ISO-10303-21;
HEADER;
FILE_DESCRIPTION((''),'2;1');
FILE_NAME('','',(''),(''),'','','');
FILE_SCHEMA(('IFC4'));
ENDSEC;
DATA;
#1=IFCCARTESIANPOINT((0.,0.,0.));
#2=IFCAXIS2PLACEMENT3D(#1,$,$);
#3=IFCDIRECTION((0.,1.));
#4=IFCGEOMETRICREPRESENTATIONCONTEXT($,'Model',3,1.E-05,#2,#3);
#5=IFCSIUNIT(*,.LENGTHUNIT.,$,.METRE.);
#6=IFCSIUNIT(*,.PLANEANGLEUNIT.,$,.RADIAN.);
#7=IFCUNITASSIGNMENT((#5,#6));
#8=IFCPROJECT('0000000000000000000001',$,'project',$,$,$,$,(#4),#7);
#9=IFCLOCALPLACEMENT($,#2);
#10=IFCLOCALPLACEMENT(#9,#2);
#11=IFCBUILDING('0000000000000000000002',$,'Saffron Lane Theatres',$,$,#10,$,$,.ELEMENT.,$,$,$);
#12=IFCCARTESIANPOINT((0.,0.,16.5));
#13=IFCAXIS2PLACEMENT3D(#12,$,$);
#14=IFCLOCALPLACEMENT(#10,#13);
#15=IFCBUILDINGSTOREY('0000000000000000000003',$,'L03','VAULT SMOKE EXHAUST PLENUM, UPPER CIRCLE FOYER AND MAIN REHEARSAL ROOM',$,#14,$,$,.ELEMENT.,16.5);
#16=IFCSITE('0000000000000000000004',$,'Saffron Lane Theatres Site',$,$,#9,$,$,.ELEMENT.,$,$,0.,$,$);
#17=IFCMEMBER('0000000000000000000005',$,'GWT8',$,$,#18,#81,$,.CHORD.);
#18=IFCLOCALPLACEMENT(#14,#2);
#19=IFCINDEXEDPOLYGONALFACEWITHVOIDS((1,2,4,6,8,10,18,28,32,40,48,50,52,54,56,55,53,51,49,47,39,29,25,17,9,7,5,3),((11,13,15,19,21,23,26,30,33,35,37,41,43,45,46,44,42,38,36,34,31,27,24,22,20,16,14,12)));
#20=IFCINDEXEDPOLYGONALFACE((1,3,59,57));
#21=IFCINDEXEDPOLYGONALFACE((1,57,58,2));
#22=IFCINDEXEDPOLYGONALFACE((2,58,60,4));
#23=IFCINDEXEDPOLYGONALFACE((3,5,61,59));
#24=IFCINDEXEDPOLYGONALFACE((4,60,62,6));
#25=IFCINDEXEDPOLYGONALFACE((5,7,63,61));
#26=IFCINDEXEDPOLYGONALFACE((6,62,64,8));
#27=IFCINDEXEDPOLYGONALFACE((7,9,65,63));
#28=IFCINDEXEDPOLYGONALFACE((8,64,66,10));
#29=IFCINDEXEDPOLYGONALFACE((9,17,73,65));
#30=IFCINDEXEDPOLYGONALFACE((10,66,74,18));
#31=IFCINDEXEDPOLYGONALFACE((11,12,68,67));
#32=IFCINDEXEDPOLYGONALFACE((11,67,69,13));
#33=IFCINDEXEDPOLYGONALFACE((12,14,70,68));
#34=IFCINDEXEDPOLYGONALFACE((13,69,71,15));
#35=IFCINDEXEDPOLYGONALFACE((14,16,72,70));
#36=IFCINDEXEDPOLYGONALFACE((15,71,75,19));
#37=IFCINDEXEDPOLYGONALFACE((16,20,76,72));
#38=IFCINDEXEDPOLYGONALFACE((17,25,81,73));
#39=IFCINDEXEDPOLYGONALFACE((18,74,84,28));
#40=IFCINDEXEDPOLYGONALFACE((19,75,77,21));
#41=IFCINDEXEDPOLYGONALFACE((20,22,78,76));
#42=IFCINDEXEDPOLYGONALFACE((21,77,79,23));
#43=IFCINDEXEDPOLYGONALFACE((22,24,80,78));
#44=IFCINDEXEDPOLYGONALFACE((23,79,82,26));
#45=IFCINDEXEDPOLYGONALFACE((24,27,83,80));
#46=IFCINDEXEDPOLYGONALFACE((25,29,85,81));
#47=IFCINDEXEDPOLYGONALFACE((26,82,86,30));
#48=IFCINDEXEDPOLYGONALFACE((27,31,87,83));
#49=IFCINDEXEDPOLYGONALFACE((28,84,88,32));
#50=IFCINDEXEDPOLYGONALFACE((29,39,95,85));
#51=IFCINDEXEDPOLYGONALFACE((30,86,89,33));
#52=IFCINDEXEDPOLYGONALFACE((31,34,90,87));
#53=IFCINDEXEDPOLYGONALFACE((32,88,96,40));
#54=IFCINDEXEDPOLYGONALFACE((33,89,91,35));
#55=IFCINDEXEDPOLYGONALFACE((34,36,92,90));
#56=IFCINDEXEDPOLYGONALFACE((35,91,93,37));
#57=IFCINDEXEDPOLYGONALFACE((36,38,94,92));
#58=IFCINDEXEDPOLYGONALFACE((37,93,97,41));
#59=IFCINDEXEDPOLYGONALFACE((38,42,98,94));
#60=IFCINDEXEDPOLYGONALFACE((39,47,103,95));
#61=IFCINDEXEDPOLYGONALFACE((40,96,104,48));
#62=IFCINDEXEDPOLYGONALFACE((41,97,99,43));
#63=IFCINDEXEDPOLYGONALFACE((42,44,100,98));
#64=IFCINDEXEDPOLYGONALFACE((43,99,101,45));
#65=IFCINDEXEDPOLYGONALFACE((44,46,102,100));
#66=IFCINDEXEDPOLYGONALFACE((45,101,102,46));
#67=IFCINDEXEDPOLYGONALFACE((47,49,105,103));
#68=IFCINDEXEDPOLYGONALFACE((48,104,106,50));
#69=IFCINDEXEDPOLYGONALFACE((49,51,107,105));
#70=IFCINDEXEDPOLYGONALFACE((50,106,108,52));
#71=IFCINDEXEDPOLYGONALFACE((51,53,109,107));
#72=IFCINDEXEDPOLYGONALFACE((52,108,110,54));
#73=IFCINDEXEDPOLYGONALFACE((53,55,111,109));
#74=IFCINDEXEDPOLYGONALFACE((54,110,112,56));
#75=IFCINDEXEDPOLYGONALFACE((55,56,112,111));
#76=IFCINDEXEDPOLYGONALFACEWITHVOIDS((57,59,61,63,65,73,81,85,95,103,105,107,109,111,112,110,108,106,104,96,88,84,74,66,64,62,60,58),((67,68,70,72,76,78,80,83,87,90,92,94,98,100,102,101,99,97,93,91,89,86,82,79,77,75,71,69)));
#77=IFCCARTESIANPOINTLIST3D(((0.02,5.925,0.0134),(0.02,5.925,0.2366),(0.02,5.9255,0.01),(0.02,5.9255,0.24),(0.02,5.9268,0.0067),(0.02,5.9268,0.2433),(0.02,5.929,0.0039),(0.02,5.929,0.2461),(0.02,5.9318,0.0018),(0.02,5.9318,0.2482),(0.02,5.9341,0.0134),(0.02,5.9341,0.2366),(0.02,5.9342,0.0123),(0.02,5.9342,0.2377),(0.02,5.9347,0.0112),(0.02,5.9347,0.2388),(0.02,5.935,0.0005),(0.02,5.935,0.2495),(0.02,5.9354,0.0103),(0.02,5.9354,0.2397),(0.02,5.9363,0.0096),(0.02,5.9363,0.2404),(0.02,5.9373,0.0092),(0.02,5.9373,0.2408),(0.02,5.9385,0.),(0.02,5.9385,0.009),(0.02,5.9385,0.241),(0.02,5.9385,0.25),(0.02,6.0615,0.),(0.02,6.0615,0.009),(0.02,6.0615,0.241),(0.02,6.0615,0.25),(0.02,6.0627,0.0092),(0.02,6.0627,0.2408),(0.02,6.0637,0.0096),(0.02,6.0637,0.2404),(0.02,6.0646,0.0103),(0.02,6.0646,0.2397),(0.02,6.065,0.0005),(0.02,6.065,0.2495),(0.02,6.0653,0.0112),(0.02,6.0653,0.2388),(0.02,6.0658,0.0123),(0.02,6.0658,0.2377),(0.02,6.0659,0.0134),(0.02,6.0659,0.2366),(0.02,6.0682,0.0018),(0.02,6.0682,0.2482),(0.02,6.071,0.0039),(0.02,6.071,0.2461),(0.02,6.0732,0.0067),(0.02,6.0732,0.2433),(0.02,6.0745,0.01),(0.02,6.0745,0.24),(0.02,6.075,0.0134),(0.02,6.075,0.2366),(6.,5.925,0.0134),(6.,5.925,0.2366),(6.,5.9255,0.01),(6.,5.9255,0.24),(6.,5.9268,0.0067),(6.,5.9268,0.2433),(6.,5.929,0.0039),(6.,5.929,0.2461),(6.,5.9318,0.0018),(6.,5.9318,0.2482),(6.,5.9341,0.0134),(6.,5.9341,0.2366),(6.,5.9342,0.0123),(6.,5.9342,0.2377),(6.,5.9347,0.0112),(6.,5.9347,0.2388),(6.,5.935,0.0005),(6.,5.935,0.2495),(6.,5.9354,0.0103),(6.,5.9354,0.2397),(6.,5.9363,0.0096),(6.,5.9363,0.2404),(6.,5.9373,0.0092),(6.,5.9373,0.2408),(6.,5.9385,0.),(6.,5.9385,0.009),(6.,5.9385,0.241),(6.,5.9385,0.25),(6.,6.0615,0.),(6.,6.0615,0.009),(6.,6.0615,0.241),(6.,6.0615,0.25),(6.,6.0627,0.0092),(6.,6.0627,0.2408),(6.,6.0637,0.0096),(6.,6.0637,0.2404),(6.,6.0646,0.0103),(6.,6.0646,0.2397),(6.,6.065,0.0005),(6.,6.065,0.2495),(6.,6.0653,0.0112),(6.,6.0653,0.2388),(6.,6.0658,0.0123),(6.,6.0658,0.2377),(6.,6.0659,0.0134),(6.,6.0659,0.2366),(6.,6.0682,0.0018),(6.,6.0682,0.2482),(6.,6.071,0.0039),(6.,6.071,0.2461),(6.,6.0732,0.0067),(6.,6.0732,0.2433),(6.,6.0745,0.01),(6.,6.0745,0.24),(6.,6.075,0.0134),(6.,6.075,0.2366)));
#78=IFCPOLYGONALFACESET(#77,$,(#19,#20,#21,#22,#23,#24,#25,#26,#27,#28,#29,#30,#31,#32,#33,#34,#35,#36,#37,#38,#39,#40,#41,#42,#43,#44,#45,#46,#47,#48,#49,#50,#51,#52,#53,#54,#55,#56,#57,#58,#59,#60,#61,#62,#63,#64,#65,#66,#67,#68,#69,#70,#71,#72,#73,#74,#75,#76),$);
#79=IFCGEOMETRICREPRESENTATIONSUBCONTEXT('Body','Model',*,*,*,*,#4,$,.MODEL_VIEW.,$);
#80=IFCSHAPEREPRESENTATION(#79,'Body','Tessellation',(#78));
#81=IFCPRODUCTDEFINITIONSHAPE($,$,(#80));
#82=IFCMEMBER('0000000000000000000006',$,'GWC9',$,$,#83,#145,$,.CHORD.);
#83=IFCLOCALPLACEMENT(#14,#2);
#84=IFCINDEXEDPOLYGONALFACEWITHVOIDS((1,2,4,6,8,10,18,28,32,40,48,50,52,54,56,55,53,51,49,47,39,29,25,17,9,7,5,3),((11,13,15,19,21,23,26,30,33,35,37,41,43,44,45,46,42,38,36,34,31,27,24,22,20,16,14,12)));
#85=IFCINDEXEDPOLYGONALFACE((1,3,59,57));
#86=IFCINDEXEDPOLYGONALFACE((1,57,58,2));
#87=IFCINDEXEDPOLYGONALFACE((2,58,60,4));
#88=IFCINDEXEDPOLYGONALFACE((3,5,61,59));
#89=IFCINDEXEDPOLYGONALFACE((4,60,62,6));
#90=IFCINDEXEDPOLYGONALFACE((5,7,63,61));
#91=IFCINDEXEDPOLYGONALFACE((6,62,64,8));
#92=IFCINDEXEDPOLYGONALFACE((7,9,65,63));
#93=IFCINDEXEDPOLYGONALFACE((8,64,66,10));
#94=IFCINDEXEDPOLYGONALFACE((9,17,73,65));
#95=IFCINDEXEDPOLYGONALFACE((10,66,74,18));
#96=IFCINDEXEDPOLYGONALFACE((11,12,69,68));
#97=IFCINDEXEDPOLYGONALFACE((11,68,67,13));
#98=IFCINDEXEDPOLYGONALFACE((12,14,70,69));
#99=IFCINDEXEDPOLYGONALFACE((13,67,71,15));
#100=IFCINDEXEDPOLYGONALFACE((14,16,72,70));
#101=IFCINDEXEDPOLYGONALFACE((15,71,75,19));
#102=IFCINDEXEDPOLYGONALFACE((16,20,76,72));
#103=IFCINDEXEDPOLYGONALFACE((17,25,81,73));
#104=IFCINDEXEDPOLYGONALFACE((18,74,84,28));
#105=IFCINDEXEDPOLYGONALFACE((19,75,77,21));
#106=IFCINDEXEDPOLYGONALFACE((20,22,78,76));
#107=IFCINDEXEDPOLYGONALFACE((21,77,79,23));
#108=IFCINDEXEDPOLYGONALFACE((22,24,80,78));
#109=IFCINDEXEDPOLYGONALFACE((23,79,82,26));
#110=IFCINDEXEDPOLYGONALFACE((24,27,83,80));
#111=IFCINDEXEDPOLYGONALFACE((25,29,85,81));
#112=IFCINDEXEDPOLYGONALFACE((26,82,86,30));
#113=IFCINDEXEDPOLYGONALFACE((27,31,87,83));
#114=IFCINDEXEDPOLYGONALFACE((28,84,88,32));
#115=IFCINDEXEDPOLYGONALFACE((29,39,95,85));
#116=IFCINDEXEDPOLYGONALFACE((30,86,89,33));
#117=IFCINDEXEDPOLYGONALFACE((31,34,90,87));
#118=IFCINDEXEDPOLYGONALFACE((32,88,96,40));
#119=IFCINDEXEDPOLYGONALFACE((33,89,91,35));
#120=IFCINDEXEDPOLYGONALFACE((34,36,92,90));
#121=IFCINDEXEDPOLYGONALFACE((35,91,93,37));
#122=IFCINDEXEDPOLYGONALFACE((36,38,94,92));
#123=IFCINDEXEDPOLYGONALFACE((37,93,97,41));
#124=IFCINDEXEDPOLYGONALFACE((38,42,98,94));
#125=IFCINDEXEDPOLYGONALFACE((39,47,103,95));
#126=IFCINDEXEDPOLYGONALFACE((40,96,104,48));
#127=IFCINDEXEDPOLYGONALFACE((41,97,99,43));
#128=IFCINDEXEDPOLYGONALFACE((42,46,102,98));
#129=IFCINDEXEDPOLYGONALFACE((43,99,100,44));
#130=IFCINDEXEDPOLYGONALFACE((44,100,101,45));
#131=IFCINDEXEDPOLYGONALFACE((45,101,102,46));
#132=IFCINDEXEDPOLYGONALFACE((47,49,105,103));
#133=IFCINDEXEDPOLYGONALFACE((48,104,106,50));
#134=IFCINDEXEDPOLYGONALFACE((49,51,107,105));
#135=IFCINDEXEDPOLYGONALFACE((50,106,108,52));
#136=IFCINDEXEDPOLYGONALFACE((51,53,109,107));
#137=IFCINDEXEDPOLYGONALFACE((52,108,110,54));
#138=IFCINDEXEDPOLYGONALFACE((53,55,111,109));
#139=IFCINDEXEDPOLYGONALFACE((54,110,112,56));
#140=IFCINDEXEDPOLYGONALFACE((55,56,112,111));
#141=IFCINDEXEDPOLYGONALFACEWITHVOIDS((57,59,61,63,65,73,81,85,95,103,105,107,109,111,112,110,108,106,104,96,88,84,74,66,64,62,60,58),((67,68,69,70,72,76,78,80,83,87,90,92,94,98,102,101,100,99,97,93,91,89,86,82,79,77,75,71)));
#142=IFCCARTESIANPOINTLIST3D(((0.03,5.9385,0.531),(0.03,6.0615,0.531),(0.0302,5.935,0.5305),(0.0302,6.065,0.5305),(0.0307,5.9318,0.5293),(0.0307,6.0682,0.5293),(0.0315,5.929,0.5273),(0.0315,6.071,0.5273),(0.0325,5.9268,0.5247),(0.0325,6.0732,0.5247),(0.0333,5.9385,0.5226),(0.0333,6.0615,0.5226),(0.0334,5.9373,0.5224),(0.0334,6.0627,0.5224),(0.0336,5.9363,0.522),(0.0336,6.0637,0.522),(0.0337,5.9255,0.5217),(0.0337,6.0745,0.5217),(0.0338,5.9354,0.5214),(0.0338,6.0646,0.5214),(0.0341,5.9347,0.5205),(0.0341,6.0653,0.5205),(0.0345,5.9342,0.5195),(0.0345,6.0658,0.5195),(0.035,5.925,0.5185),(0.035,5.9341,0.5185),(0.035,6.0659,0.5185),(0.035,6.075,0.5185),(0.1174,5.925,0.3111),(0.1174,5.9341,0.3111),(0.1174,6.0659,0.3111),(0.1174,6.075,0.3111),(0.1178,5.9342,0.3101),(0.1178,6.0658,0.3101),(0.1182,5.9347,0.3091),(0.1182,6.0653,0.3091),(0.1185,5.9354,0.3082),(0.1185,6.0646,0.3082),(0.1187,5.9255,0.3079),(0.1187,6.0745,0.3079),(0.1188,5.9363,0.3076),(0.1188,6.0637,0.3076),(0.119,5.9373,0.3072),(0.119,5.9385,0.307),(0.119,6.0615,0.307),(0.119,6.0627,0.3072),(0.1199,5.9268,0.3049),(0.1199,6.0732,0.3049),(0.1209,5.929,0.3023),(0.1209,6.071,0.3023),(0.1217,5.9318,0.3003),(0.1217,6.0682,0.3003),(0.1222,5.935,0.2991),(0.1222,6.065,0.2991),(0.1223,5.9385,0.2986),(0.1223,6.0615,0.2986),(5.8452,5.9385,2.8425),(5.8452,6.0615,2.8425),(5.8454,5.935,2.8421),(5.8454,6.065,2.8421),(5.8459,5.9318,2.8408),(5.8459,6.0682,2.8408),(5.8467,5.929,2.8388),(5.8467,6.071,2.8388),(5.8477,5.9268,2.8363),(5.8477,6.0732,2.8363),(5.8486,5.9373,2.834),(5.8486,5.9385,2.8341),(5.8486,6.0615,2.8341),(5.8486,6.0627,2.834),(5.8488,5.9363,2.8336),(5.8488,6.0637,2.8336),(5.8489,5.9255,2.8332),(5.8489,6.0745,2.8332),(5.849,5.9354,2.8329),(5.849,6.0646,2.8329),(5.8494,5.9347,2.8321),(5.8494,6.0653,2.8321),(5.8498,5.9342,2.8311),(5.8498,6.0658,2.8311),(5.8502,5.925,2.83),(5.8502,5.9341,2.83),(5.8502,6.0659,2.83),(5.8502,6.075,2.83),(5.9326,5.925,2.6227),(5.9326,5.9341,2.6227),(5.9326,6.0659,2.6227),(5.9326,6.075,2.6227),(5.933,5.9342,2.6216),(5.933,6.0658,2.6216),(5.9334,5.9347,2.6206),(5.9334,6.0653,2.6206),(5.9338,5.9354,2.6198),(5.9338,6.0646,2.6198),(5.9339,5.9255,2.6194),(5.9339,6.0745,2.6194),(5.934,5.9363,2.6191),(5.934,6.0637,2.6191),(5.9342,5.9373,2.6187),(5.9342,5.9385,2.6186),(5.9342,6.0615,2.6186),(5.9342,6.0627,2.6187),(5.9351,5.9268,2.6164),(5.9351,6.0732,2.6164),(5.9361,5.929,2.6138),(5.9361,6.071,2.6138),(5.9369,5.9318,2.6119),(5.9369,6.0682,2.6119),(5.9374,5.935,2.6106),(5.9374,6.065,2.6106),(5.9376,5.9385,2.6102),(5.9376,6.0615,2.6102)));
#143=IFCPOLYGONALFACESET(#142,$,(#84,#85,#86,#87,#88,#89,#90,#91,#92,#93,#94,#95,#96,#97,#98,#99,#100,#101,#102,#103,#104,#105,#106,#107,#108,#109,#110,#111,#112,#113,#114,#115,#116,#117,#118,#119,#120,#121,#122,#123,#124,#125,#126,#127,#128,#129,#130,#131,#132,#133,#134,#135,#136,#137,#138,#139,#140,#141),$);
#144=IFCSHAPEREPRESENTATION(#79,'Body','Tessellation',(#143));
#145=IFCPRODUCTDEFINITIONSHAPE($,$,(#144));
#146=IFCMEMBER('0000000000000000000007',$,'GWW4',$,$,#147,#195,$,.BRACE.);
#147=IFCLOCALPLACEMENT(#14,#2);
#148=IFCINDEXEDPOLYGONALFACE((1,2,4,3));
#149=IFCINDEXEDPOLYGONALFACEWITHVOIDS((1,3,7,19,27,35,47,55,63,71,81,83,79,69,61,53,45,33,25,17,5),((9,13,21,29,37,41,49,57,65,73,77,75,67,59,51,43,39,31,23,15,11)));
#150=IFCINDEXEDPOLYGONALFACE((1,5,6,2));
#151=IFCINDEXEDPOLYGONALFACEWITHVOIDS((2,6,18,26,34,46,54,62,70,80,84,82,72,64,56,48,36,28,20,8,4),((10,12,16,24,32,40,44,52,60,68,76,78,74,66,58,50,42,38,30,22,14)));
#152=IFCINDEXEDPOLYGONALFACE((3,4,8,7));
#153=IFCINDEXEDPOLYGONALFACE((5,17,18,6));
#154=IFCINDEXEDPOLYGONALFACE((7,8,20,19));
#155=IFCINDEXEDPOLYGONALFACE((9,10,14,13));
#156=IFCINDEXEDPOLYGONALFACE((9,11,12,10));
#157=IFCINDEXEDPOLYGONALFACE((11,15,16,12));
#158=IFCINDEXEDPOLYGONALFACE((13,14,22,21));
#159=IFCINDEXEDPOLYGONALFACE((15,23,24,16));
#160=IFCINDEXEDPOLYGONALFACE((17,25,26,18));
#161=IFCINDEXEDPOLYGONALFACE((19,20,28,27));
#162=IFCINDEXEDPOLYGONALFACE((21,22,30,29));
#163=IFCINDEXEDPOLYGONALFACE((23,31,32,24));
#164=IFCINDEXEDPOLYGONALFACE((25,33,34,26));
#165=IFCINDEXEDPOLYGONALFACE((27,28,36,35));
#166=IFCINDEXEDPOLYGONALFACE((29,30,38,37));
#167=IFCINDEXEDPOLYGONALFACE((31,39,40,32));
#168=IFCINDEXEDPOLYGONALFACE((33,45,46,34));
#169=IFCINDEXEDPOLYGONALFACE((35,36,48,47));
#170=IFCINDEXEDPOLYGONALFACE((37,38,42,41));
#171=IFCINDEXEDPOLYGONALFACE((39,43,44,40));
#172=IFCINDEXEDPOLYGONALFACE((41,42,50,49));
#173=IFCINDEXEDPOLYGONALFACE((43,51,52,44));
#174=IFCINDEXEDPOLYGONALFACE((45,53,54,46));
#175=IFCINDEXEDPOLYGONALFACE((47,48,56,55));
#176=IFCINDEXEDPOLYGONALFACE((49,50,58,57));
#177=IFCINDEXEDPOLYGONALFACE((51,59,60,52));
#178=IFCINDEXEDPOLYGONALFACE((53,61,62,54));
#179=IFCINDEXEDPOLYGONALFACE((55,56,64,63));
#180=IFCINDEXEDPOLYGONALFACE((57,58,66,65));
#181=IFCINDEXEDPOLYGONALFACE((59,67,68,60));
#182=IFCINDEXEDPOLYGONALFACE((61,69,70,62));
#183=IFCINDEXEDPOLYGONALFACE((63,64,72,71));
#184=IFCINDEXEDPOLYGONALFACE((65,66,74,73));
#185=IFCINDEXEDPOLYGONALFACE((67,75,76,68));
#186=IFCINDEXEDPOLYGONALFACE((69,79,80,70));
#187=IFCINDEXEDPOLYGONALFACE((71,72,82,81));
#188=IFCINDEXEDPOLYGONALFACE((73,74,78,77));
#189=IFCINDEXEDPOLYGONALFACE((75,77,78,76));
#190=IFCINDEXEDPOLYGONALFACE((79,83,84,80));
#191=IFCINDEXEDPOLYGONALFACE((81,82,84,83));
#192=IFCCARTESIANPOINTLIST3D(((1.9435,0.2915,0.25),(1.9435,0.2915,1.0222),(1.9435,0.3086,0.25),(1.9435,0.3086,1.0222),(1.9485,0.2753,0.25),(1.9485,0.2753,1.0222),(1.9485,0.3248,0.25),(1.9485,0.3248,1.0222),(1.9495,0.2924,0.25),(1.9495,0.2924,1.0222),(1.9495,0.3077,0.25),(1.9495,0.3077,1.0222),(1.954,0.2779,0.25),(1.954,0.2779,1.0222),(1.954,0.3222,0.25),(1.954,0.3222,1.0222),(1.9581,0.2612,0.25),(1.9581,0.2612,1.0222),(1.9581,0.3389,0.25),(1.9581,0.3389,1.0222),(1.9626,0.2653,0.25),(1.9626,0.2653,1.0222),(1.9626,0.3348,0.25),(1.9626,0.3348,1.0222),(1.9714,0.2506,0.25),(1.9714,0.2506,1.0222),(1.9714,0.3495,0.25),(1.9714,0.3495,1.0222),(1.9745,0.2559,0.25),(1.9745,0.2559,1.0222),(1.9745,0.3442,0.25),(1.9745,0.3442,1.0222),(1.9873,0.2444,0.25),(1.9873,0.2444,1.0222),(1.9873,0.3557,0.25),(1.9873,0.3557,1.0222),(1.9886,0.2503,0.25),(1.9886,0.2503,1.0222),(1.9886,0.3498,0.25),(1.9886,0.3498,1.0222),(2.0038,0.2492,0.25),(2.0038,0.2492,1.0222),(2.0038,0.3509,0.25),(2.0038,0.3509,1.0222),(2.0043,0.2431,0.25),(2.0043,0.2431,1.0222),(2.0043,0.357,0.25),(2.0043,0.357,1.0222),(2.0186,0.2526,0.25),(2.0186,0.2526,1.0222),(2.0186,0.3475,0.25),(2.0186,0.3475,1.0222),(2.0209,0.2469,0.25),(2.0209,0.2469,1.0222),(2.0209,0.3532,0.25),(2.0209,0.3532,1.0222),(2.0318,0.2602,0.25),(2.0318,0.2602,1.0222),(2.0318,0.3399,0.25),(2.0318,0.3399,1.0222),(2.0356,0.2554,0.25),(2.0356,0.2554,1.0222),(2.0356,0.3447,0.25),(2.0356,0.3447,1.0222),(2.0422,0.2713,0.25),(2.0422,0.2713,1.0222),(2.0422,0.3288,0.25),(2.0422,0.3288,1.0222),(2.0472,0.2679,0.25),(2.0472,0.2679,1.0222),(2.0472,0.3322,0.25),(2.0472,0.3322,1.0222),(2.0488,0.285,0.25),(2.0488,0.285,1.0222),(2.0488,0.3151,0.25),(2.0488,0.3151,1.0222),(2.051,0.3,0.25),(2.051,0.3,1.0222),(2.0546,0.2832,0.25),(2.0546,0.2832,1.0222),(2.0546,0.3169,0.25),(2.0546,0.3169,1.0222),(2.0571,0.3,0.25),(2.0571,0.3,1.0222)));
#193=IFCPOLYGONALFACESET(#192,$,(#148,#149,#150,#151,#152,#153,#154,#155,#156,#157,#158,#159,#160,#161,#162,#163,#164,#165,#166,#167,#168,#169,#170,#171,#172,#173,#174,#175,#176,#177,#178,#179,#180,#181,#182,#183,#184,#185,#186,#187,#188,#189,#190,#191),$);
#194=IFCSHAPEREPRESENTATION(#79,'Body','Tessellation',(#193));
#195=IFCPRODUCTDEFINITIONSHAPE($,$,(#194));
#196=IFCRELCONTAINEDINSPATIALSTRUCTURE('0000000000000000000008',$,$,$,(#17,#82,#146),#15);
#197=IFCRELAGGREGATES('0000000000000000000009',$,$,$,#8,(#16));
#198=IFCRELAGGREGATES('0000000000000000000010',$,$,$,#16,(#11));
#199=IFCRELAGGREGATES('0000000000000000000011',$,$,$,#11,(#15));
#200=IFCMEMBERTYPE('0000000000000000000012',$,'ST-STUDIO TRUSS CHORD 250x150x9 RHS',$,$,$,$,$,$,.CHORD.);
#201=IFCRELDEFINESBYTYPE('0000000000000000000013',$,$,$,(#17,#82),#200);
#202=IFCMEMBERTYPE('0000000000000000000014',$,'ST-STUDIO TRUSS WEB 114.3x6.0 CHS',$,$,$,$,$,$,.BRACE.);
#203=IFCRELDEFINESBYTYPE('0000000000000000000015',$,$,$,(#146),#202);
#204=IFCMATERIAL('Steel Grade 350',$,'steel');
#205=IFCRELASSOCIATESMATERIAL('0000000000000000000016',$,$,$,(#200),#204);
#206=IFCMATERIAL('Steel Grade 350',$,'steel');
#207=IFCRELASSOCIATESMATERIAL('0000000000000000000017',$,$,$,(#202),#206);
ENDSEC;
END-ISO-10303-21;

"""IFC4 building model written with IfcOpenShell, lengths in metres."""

from ifc_helpers import new_model, si_unit, direction, frame, origin, origin_2d, place, context, subcontext, project, spatial, hollow_rectangle, hollow_circle, extrude, material, material_profile, profile_set, type_object, element, save


model = new_model("IFC4")

# Units and contexts
model_context = context("Model", 3, precision=1e-05, world=origin(), true_north=direction((0.0, 1.0)))
body_context = subcontext(model_context, "Body", "Model", "MODEL_VIEW")
ifc_project = project(units=[si_unit("LENGTHUNIT", "METRE"), si_unit("PLANEANGLEUNIT", "RADIAN")], contexts=[model_context])

# Site, building, storey
site_placement = place(None, origin())
site = spatial("IfcSite", under=ifc_project, at=site_placement, Name="Saffron Lane Theatres Site", CompositionType="ELEMENT", RefElevation=0.0)
building_placement = place(site_placement, origin())
building = spatial("IfcBuilding", under=site, at=building_placement, Name="Saffron Lane Theatres", CompositionType="ELEMENT")
storey_placement = place(building_placement, frame((0.0, 0.0, 16.5)))
storey = spatial("IfcBuildingStorey", under=building, at=storey_placement, Name="L03", Description="VAULT SMOKE EXHAUST PLENUM, UPPER CIRCLE FOYER AND MAIN REHEARSAL ROOM", CompositionType="ELEMENT", Elevation=16.5)

# Members
ifc_material_1 = material(Name="Steel Grade 350", Category="steel")
ifc_material_profile_1 = material_profile(ifc_material_1, hollow_rectangle(XDim=0.1499, YDim=0.25, WallThickness=0.009, InnerFilletRadius=0.0044, OuterFilletRadius=0.0134, at=origin_2d()))
ifc_profile_set_1 = profile_set([ifc_material_profile_1], Name="Steel Grade 350")
member_type_1 = type_object("IfcMemberType", Name="ST-STUDIO TRUSS CHORD 250x150x9 RHS", PredefinedType="CHORD", material=ifc_profile_set_1)
member_1_placement = place(storey_placement, frame((0.02, 6.0, 0.125), z_axis=(1.0, 0.0, 0.0), x_axis=(0.0, 1.0, 0.0)))
element("IfcMember", 1, at=member_1_placement, inside=storey, type_object=member_type_1, Name="GWT8", PredefinedType="CHORD", context=body_context, shape_type="SweptSolid", body=[
    extrude(hollow_rectangle(XDim=0.1499, YDim=0.25, WallThickness=0.009, InnerFilletRadius=0.0044, OuterFilletRadius=0.0134, at=origin_2d()), origin(), (0.0, 0.0, 1.0), 5.98),
])
member_2_placement = place(storey_placement, frame((0.0762, 6.0, 0.4148), z_axis=(0.929276, 0.0, 0.369385), x_axis=(0.0, 1.0, 0.0)))
element("IfcMember", 2, at=member_2_placement, inside=storey, type_object=member_type_1, Name="GWC9", PredefinedType="CHORD", context=body_context, shape_type="SweptSolid", body=[
    extrude(hollow_rectangle(XDim=0.1499, YDim=0.25, WallThickness=0.009, InnerFilletRadius=0.0044, OuterFilletRadius=0.0134, at=origin_2d()), origin(), (0.0, 0.0, 1.0), 6.2578),
])
ifc_material_2 = material(Name="Steel Grade 350", Category="steel")
ifc_material_profile_2 = material_profile(ifc_material_2, hollow_circle(Radius=0.0571, WallThickness=0.0061, at=origin_2d()))
ifc_profile_set_2 = profile_set([ifc_material_profile_2], Name="Steel Grade 350")
member_type_2 = type_object("IfcMemberType", Name="ST-STUDIO TRUSS WEB 114.3x6.0 CHS", PredefinedType="BRACE", material=ifc_profile_set_2)
member_3_placement = place(storey_placement, frame((2.0, 0.3, 0.25), z_axis=(0.0, 0.0, 1.0), x_axis=(1.0, 0.0, 0.0)))
element("IfcMember", 3, at=member_3_placement, inside=storey, type_object=member_type_2, Name="GWW4", PredefinedType="BRACE", context=body_context, shape_type="SweptSolid", body=[
    extrude(hollow_circle(Radius=0.0571, WallThickness=0.0061, at=origin_2d()), origin(), (0.0, 0.0, 1.0), 0.7722),
])

save(model, "model.ifc")
